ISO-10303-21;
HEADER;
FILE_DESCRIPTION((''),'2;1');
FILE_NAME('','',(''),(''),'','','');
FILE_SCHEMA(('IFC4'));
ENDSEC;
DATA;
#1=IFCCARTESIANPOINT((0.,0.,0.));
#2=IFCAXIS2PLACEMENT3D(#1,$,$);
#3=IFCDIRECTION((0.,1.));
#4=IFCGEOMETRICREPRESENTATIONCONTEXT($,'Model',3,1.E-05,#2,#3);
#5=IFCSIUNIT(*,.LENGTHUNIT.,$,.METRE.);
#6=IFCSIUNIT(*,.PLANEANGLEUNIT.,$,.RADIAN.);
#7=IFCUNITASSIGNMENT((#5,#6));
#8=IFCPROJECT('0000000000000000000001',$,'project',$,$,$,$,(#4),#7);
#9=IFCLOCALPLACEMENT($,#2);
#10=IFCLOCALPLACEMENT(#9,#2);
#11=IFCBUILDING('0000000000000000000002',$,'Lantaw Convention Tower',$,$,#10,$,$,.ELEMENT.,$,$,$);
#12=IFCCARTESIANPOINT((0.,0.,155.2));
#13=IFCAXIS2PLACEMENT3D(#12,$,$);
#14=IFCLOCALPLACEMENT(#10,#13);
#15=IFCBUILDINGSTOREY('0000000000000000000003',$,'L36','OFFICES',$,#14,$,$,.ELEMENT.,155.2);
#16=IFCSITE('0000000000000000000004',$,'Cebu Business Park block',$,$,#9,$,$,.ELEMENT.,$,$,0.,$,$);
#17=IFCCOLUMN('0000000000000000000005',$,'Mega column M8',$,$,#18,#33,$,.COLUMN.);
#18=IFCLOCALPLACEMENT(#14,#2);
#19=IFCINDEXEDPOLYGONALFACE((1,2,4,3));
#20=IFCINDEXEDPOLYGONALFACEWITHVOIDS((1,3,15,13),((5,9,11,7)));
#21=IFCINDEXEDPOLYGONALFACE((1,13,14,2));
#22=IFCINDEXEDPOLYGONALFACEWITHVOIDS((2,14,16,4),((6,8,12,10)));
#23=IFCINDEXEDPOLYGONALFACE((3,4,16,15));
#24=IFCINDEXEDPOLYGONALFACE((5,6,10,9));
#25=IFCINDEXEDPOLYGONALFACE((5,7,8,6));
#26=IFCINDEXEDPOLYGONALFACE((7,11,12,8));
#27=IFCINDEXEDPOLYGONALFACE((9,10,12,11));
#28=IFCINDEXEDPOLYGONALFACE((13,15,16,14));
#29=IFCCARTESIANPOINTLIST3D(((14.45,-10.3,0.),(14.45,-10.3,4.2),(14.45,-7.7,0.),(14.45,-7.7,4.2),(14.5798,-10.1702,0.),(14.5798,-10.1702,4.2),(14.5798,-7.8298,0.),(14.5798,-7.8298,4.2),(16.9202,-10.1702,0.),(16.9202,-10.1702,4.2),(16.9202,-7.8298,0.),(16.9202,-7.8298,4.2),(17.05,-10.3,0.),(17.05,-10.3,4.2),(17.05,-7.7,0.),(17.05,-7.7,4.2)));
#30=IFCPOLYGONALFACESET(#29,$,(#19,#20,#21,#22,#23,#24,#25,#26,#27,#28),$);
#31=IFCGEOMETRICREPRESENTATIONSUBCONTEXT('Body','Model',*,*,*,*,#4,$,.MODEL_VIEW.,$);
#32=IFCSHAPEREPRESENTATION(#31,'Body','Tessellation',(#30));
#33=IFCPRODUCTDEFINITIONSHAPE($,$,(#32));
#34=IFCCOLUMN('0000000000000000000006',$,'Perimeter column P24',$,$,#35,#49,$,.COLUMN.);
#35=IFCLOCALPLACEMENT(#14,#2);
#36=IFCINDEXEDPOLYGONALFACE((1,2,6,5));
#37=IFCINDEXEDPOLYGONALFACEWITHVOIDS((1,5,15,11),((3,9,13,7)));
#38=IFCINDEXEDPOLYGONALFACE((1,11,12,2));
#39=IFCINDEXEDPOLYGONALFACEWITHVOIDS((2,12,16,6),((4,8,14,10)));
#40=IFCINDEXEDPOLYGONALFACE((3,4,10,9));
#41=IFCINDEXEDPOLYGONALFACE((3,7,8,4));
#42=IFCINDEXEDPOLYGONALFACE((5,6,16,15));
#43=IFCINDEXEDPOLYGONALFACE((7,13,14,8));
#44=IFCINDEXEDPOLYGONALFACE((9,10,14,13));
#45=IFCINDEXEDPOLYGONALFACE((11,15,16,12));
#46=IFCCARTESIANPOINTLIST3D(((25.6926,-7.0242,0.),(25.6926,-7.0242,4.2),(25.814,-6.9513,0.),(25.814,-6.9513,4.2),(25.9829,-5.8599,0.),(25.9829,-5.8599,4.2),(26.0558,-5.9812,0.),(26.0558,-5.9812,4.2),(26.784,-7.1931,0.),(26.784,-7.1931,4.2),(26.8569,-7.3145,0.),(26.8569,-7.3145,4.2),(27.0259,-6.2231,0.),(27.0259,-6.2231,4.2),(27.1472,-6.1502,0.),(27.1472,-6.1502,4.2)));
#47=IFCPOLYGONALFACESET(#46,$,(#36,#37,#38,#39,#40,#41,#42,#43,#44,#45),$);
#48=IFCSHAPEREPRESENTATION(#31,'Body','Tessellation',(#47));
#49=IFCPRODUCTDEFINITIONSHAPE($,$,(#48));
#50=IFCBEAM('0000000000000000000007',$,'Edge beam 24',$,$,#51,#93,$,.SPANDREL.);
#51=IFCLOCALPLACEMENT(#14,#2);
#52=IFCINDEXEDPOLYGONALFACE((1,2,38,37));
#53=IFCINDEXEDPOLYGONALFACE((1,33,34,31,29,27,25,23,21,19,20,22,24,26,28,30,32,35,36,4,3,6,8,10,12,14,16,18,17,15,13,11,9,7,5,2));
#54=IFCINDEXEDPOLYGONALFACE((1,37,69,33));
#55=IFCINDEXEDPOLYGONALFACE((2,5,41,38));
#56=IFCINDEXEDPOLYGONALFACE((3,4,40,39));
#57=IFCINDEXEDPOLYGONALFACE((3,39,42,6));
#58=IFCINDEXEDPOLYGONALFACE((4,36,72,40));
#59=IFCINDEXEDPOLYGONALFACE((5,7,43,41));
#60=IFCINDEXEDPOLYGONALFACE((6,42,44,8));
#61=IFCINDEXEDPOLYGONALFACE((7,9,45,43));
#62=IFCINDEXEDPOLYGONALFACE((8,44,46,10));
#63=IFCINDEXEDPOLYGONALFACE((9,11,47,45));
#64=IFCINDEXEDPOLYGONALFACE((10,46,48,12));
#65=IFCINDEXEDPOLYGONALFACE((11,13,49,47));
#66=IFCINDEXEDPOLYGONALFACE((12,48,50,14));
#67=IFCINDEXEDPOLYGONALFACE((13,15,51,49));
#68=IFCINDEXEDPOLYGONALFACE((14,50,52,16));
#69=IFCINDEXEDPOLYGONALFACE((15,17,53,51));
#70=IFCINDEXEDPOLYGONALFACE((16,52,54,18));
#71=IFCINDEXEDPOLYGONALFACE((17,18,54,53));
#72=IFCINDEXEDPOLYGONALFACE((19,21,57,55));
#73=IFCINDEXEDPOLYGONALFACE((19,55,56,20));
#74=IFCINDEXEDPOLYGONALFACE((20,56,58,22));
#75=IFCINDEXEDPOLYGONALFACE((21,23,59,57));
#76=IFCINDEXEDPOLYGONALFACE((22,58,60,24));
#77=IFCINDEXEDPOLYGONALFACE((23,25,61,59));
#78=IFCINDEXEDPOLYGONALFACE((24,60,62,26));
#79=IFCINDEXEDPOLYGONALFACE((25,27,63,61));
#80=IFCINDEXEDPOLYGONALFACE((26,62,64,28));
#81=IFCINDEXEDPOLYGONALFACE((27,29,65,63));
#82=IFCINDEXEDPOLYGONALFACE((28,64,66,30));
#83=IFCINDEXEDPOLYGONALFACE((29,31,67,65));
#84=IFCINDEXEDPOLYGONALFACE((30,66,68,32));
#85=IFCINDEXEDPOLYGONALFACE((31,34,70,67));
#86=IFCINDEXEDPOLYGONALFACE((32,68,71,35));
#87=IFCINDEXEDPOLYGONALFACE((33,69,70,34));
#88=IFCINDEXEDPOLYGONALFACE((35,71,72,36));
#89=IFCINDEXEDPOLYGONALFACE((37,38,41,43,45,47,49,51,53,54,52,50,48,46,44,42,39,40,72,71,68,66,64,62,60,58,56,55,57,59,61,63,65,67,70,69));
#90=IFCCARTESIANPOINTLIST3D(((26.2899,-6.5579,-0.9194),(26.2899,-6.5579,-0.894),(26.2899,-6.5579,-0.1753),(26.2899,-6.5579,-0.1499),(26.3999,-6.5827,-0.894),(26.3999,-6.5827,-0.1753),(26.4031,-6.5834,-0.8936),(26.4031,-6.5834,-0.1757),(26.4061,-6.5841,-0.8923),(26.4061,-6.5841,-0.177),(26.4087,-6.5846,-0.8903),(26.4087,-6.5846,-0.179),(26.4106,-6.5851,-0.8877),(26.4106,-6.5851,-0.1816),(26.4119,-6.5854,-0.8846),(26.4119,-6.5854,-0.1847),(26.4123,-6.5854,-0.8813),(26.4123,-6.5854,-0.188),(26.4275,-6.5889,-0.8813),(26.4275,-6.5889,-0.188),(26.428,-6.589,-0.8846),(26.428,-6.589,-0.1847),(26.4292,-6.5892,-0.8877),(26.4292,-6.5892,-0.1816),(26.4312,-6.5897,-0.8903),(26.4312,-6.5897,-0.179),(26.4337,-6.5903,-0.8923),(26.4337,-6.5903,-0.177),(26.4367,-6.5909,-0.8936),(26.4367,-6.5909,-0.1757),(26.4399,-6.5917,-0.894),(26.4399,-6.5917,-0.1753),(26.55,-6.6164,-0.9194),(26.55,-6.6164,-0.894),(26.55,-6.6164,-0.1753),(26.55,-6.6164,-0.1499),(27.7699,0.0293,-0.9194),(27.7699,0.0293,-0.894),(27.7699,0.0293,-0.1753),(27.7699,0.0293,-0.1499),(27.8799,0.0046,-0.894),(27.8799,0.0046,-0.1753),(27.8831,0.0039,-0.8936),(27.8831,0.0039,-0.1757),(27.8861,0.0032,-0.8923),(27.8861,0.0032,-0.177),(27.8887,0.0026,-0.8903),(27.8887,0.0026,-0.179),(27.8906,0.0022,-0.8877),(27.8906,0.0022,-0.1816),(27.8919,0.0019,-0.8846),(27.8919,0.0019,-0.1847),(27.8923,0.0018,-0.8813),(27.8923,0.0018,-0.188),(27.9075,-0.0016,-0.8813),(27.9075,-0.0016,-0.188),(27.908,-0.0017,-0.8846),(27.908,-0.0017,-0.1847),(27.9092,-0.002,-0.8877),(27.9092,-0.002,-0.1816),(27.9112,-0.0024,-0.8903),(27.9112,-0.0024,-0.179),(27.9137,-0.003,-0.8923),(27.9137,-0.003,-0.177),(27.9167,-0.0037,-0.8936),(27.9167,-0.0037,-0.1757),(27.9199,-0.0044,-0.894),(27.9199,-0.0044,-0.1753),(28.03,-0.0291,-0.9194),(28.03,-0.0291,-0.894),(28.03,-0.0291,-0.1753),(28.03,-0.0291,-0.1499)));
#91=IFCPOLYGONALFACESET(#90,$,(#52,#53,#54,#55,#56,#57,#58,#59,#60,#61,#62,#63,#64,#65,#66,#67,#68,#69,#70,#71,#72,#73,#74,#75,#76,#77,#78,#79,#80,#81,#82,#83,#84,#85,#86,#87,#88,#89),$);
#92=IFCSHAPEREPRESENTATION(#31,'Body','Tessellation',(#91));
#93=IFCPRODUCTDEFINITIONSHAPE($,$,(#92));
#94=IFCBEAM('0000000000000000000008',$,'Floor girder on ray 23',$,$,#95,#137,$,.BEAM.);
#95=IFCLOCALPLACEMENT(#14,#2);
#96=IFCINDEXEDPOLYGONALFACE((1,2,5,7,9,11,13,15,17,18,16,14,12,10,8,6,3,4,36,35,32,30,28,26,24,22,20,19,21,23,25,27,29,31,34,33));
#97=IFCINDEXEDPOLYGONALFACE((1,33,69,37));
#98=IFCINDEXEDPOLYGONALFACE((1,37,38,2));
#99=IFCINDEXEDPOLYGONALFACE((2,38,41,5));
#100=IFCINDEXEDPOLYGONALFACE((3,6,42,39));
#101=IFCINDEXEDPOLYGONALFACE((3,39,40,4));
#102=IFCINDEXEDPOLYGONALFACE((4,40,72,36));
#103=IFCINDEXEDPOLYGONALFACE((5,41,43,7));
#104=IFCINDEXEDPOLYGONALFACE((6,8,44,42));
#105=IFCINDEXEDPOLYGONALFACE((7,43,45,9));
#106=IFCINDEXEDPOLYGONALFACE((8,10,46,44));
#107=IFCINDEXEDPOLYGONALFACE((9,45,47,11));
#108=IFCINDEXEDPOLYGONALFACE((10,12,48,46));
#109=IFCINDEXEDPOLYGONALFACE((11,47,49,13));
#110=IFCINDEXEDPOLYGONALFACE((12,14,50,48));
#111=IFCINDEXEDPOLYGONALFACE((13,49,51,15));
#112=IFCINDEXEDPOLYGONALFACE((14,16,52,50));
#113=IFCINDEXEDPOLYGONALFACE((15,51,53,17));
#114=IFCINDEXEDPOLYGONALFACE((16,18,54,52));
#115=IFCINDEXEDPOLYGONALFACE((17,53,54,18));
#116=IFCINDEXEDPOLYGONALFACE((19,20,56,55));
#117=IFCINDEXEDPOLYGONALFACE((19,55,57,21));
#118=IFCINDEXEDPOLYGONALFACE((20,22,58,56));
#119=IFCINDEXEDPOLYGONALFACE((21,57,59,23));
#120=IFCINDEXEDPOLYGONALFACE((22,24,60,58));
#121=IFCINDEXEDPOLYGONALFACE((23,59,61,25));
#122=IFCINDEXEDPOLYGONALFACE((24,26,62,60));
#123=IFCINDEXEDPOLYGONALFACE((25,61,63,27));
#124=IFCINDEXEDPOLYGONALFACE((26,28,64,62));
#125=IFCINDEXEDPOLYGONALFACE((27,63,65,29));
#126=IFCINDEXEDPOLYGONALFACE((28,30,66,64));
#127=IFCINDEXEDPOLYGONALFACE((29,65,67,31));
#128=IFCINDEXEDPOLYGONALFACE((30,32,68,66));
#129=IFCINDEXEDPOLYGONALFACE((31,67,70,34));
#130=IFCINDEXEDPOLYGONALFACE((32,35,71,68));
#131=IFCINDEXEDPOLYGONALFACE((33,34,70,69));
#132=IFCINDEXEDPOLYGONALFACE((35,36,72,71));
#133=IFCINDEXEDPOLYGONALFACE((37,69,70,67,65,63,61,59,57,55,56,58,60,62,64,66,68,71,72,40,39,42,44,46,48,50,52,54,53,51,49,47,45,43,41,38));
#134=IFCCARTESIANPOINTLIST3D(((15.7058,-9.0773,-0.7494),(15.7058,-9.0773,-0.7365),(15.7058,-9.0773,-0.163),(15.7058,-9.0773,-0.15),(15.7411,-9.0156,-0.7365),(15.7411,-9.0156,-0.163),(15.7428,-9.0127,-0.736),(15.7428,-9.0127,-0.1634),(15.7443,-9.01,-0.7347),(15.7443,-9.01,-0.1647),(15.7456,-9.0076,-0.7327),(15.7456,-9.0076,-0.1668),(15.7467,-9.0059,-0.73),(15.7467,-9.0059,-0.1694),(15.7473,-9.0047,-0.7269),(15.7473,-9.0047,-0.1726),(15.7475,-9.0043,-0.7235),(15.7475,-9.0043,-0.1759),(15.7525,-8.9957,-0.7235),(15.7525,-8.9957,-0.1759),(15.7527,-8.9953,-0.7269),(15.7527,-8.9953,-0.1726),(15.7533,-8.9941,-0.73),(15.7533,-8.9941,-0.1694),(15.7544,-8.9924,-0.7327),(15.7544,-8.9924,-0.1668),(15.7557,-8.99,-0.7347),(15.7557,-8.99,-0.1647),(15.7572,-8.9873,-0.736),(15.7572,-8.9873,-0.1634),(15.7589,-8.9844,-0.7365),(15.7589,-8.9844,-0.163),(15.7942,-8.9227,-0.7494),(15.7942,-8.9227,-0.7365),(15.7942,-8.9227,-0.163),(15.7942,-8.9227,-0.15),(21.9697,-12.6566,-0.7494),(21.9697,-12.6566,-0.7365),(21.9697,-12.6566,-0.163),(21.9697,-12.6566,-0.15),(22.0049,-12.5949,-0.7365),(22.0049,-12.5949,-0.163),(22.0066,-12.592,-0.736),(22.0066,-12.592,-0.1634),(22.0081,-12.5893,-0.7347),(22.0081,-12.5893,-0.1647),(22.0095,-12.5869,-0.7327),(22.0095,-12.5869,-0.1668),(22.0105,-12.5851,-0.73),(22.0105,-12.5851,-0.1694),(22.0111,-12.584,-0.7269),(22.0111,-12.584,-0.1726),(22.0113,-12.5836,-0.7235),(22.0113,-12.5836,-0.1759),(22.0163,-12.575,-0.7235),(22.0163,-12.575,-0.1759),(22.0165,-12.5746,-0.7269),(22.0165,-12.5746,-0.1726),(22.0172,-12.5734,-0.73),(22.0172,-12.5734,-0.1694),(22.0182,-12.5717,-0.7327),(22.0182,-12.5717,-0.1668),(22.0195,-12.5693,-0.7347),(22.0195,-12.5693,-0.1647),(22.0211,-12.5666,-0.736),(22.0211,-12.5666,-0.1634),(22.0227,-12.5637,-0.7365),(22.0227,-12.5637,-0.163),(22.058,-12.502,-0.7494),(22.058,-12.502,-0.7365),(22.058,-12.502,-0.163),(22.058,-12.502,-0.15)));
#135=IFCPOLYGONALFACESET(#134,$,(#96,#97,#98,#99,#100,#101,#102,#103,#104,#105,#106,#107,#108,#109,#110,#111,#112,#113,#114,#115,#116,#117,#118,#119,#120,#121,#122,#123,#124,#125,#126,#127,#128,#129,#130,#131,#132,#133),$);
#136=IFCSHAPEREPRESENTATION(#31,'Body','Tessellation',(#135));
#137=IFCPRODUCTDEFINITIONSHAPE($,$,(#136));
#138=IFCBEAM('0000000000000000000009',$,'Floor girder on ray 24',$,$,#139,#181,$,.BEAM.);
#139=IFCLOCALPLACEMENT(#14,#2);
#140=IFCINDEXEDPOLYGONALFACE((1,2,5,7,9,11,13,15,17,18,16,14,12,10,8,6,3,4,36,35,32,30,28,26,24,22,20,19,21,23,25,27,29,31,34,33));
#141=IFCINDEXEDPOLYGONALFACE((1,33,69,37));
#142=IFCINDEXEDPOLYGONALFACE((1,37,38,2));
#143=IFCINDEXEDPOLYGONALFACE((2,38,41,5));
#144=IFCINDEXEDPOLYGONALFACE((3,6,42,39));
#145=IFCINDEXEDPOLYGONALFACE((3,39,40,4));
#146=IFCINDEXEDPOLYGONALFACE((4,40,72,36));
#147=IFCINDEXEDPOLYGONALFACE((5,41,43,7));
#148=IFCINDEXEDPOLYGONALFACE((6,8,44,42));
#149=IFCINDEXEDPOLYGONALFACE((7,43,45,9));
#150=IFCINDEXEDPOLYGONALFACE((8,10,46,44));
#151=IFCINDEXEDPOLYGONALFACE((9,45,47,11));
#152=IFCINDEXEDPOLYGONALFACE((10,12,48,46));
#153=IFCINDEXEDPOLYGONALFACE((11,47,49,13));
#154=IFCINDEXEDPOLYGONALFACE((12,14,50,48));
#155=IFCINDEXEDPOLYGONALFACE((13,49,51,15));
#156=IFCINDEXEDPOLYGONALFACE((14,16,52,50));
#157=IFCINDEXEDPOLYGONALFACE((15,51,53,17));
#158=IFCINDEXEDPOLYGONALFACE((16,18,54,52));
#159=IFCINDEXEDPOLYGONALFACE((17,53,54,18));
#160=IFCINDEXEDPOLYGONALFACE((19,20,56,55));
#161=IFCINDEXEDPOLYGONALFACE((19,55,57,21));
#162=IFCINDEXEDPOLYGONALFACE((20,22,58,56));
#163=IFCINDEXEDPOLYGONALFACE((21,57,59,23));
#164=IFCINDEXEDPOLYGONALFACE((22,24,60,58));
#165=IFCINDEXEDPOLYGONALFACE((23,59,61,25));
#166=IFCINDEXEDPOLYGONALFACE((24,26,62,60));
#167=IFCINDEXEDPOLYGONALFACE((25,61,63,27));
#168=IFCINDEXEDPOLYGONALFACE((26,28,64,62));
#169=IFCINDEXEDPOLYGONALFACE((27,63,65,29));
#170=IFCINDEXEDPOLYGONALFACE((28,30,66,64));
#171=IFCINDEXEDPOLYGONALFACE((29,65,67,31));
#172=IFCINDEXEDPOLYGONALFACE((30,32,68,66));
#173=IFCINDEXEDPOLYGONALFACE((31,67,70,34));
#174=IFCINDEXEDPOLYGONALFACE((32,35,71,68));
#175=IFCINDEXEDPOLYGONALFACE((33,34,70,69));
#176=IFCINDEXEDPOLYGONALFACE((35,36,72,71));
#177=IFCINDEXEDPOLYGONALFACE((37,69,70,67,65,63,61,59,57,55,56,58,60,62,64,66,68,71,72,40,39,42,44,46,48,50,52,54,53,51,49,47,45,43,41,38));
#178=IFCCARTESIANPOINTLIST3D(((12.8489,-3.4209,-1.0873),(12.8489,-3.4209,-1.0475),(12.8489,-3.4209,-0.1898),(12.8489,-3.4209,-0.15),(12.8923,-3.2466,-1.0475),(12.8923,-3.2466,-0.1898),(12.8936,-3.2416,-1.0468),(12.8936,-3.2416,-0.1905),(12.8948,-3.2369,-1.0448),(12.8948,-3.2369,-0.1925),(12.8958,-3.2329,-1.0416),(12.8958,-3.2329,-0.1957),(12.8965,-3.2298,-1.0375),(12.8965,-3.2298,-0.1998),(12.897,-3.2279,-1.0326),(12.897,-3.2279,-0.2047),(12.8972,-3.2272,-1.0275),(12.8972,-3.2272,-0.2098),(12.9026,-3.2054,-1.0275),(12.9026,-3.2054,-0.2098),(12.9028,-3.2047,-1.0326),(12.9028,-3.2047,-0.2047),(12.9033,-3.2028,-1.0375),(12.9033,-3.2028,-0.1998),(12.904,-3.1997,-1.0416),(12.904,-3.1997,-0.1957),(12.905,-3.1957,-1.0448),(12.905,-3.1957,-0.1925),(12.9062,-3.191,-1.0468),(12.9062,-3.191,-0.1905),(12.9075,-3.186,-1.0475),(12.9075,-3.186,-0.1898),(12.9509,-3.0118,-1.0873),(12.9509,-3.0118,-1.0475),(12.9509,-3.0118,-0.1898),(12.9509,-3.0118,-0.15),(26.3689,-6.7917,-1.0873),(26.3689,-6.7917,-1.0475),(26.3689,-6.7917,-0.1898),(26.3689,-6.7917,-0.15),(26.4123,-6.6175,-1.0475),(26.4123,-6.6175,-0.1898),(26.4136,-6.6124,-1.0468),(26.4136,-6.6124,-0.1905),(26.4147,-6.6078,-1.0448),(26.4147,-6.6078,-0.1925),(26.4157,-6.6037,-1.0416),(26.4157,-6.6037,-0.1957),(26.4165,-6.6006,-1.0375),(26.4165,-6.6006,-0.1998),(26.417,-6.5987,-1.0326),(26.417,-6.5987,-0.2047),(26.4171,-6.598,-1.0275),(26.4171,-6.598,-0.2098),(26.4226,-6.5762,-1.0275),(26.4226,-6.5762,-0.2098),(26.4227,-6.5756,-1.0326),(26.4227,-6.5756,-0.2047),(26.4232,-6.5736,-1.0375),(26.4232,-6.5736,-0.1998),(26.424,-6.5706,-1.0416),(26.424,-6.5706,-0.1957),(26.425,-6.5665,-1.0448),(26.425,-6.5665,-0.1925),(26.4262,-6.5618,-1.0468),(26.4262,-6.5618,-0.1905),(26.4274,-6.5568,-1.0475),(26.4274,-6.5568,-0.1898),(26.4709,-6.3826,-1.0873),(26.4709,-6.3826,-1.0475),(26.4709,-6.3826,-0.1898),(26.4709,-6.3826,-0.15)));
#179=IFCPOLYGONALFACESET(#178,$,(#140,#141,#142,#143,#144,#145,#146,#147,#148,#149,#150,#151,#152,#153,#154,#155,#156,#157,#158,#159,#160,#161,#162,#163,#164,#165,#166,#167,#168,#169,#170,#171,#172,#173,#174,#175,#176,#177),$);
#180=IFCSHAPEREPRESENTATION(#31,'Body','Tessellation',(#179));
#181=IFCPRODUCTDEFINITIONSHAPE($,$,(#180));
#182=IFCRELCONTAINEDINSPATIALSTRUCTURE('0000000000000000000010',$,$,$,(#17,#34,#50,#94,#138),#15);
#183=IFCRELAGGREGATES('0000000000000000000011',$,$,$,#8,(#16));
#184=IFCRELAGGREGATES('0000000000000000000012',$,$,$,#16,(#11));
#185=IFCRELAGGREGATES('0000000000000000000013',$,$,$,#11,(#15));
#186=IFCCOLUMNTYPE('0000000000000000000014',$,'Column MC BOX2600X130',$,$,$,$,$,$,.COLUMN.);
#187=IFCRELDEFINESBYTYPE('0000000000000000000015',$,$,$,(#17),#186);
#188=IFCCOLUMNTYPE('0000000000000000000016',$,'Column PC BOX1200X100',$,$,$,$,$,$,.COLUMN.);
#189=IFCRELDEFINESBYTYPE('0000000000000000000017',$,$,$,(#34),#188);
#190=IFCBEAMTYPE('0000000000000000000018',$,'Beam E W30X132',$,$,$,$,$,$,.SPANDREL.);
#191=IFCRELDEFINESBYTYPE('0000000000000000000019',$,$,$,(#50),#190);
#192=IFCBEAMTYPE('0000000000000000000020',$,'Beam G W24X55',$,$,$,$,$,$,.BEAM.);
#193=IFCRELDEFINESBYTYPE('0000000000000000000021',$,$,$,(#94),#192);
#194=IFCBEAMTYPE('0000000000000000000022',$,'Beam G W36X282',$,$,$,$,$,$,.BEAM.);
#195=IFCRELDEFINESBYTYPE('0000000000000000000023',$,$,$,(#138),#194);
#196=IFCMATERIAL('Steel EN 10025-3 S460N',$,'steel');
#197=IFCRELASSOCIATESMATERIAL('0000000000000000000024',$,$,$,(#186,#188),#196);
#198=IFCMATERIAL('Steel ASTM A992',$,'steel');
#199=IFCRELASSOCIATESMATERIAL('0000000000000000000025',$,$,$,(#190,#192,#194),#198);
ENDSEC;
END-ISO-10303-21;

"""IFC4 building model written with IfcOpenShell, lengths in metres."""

from ifc_helpers import new_model, si_unit, direction, frame, origin, origin_2d, place, context, subcontext, project, spatial, rectangle, hollow_rectangle, i_section, extrude, material, material_profile, profile_set, type_object, element, save


model = new_model("IFC4")

# Units and contexts
model_context = context("Model", 3, precision=1e-05, world=origin(), true_north=direction((0.0, 1.0)))
body_context = subcontext(model_context, "Body", "Model", "MODEL_VIEW")
ifc_project = project(units=[si_unit("LENGTHUNIT", "METRE"), si_unit("PLANEANGLEUNIT", "RADIAN")], contexts=[model_context])

# Site, building, storey
site_placement = place(None, origin())
site = spatial("IfcSite", under=ifc_project, at=site_placement, Name="Cebu Business Park block", CompositionType="ELEMENT", RefElevation=0.0)
building_placement = place(site_placement, origin())
building = spatial("IfcBuilding", under=site, at=building_placement, Name="Lantaw Convention Tower", CompositionType="ELEMENT")
storey_placement = place(building_placement, frame((0.0, 0.0, 155.2)))
storey = spatial("IfcBuildingStorey", under=building, at=storey_placement, Name="L36", Description="OFFICES", CompositionType="ELEMENT", Elevation=155.2)

# Columns
ifc_material_1 = material(Name="Steel EN 10025-3 S460N", Category="steel")
ifc_material_profile_1 = material_profile(ifc_material_1, hollow_rectangle(XDim=2.6001, YDim=2.6001, WallThickness=0.1299, at=origin_2d()), Name="BOX2600X130")
ifc_material_2 = material(Name="Concrete C60/75", Category="concrete")
ifc_material_profile_2 = material_profile(ifc_material_2, rectangle(XDim=2.3401, YDim=2.3401, at=origin_2d()), Name="Concrete fill of BOX2600X130")
ifc_profile_set_1 = profile_set([ifc_material_profile_1, ifc_material_profile_2], Name="Steel EN 10025-3 S460N")
column_type_1 = type_object("IfcColumnType", Name="Column MC BOX2600X130", PredefinedType="COLUMN", material=ifc_profile_set_1)
column_1_placement = place(storey_placement, frame((15.75, -9.0, 0.0), z_axis=(0.0, 0.0, 1.0), x_axis=(1.0, 0.0, 0.0)))
element("IfcColumn", 1, at=column_1_placement, inside=storey, type_object=column_type_1, Name="Mega column M8", PredefinedType="COLUMN", context=body_context, shape_type="SweptSolid", body=[
    extrude(hollow_rectangle(XDim=2.6001, YDim=2.6001, WallThickness=0.1299, at=origin_2d()), origin(), (0.0, 0.0, 1.0), 4.2),
])
ifc_material_profile_3 = material_profile(ifc_material_1, hollow_rectangle(XDim=1.2, YDim=1.2, WallThickness=0.1001, at=origin_2d()), Name="BOX1200X100")
ifc_material_profile_4 = material_profile(ifc_material_2, rectangle(XDim=1.0, YDim=1.0, at=origin_2d()), Name="Concrete fill of BOX1200X100")
ifc_profile_set_2 = profile_set([ifc_material_profile_3, ifc_material_profile_4], Name="Steel EN 10025-3 S460N")
column_type_2 = type_object("IfcColumnType", Name="Column PC BOX1200X100", PredefinedType="COLUMN", material=ifc_profile_set_2)
column_2_placement = place(storey_placement, frame((26.4199, -6.5872, 0.0), z_axis=(0.0, 0.0, 1.0), x_axis=(0.241922, 0.970296, 0.0)))
element("IfcColumn", 2, at=column_2_placement, inside=storey, type_object=column_type_2, Name="Perimeter column P24", PredefinedType="COLUMN", context=body_context, shape_type="SweptSolid", body=[
    extrude(hollow_rectangle(XDim=1.2, YDim=1.2, WallThickness=0.1001, at=origin_2d()), origin(), (0.0, 0.0, 1.0), 4.2),
])

# Beams
ifc_material_3 = material(Name="Steel ASTM A992", Category="steel")
ifc_material_profile_5 = material_profile(ifc_material_3, i_section(OverallWidth=0.2666, OverallDepth=0.7695, WebThickness=0.0156, FlangeThickness=0.0254, FilletRadius=0.0127, at=origin_2d()), Name="W30X132")
ifc_profile_set_3 = profile_set([ifc_material_profile_5], Name="Steel ASTM A992")
beam_type_1 = type_object("IfcBeamType", Name="Beam E W30X132", PredefinedType="SPANDREL", material=ifc_profile_set_3)
beam_1_placement = place(storey_placement, frame((26.4199, -6.5872, -0.5347), z_axis=(0.219212, 0.975677, 0.0), x_axis=(-0.975677, 0.219212, 0.0)))
element("IfcBeam", 3, at=beam_1_placement, inside=storey, type_object=beam_type_1, Name="Edge beam 24", PredefinedType="SPANDREL", context=body_context, shape_type="SweptSolid", body=[
    extrude(i_section(OverallWidth=0.2666, OverallDepth=0.7695, WebThickness=0.0156, FlangeThickness=0.0254, FilletRadius=0.0127, at=origin_2d()), origin(), (0.0, 0.0, 1.0), 6.7515),
])
ifc_material_profile_6 = material_profile(ifc_material_3, i_section(OverallWidth=0.178, OverallDepth=0.5994, WebThickness=0.01, FlangeThickness=0.0129, FilletRadius=0.0129, at=origin_2d()), Name="W24X55")
ifc_profile_set_4 = profile_set([ifc_material_profile_6], Name="Steel ASTM A992")
beam_type_2 = type_object("IfcBeamType", Name="Beam G W24X55", PredefinedType="BEAM", material=ifc_profile_set_4)
beam_2_placement = place(storey_placement, frame((15.75, -9.0, -0.4497), z_axis=(0.868245, -0.496135, 0.0), x_axis=(0.496135, 0.868245, 0.0)))
element("IfcBeam", 4, at=beam_2_placement, inside=storey, type_object=beam_type_2, Name="Floor girder on ray 23", PredefinedType="BEAM", context=body_context, shape_type="SweptSolid", body=[
    extrude(i_section(OverallWidth=0.178, OverallDepth=0.5994, WebThickness=0.01, FlangeThickness=0.0129, FilletRadius=0.0129, at=origin_2d()), origin(), (0.0, 0.0, 1.0), 7.2144),
])
ifc_material_profile_7 = material_profile(ifc_material_3, i_section(OverallWidth=0.4216, OverallDepth=0.9373, WebThickness=0.0225, FlangeThickness=0.0398, FilletRadius=0.02, at=origin_2d()), Name="W36X282")
ifc_profile_set_5 = profile_set([ifc_material_profile_7], Name="Steel ASTM A992")
beam_type_3 = type_object("IfcBeamType", Name="Beam G W36X282", PredefinedType="BEAM", material=ifc_profile_set_5)
beam_3_placement = place(storey_placement, frame((12.8999, -3.2163, -0.6187), z_axis=(0.970297, -0.241917, 0.0), x_axis=(0.241917, 0.970297, 0.0)))
element("IfcBeam", 5, at=beam_3_placement, inside=storey, type_object=beam_type_3, Name="Floor girder on ray 24", PredefinedType="BEAM", context=body_context, shape_type="SweptSolid", body=[
    extrude(i_section(OverallWidth=0.4216, OverallDepth=0.9373, WebThickness=0.0225, FlangeThickness=0.0398, FilletRadius=0.02, at=origin_2d()), origin(), (0.0, 0.0, 1.0), 13.9338),
])

save(model, "model.ifc")
